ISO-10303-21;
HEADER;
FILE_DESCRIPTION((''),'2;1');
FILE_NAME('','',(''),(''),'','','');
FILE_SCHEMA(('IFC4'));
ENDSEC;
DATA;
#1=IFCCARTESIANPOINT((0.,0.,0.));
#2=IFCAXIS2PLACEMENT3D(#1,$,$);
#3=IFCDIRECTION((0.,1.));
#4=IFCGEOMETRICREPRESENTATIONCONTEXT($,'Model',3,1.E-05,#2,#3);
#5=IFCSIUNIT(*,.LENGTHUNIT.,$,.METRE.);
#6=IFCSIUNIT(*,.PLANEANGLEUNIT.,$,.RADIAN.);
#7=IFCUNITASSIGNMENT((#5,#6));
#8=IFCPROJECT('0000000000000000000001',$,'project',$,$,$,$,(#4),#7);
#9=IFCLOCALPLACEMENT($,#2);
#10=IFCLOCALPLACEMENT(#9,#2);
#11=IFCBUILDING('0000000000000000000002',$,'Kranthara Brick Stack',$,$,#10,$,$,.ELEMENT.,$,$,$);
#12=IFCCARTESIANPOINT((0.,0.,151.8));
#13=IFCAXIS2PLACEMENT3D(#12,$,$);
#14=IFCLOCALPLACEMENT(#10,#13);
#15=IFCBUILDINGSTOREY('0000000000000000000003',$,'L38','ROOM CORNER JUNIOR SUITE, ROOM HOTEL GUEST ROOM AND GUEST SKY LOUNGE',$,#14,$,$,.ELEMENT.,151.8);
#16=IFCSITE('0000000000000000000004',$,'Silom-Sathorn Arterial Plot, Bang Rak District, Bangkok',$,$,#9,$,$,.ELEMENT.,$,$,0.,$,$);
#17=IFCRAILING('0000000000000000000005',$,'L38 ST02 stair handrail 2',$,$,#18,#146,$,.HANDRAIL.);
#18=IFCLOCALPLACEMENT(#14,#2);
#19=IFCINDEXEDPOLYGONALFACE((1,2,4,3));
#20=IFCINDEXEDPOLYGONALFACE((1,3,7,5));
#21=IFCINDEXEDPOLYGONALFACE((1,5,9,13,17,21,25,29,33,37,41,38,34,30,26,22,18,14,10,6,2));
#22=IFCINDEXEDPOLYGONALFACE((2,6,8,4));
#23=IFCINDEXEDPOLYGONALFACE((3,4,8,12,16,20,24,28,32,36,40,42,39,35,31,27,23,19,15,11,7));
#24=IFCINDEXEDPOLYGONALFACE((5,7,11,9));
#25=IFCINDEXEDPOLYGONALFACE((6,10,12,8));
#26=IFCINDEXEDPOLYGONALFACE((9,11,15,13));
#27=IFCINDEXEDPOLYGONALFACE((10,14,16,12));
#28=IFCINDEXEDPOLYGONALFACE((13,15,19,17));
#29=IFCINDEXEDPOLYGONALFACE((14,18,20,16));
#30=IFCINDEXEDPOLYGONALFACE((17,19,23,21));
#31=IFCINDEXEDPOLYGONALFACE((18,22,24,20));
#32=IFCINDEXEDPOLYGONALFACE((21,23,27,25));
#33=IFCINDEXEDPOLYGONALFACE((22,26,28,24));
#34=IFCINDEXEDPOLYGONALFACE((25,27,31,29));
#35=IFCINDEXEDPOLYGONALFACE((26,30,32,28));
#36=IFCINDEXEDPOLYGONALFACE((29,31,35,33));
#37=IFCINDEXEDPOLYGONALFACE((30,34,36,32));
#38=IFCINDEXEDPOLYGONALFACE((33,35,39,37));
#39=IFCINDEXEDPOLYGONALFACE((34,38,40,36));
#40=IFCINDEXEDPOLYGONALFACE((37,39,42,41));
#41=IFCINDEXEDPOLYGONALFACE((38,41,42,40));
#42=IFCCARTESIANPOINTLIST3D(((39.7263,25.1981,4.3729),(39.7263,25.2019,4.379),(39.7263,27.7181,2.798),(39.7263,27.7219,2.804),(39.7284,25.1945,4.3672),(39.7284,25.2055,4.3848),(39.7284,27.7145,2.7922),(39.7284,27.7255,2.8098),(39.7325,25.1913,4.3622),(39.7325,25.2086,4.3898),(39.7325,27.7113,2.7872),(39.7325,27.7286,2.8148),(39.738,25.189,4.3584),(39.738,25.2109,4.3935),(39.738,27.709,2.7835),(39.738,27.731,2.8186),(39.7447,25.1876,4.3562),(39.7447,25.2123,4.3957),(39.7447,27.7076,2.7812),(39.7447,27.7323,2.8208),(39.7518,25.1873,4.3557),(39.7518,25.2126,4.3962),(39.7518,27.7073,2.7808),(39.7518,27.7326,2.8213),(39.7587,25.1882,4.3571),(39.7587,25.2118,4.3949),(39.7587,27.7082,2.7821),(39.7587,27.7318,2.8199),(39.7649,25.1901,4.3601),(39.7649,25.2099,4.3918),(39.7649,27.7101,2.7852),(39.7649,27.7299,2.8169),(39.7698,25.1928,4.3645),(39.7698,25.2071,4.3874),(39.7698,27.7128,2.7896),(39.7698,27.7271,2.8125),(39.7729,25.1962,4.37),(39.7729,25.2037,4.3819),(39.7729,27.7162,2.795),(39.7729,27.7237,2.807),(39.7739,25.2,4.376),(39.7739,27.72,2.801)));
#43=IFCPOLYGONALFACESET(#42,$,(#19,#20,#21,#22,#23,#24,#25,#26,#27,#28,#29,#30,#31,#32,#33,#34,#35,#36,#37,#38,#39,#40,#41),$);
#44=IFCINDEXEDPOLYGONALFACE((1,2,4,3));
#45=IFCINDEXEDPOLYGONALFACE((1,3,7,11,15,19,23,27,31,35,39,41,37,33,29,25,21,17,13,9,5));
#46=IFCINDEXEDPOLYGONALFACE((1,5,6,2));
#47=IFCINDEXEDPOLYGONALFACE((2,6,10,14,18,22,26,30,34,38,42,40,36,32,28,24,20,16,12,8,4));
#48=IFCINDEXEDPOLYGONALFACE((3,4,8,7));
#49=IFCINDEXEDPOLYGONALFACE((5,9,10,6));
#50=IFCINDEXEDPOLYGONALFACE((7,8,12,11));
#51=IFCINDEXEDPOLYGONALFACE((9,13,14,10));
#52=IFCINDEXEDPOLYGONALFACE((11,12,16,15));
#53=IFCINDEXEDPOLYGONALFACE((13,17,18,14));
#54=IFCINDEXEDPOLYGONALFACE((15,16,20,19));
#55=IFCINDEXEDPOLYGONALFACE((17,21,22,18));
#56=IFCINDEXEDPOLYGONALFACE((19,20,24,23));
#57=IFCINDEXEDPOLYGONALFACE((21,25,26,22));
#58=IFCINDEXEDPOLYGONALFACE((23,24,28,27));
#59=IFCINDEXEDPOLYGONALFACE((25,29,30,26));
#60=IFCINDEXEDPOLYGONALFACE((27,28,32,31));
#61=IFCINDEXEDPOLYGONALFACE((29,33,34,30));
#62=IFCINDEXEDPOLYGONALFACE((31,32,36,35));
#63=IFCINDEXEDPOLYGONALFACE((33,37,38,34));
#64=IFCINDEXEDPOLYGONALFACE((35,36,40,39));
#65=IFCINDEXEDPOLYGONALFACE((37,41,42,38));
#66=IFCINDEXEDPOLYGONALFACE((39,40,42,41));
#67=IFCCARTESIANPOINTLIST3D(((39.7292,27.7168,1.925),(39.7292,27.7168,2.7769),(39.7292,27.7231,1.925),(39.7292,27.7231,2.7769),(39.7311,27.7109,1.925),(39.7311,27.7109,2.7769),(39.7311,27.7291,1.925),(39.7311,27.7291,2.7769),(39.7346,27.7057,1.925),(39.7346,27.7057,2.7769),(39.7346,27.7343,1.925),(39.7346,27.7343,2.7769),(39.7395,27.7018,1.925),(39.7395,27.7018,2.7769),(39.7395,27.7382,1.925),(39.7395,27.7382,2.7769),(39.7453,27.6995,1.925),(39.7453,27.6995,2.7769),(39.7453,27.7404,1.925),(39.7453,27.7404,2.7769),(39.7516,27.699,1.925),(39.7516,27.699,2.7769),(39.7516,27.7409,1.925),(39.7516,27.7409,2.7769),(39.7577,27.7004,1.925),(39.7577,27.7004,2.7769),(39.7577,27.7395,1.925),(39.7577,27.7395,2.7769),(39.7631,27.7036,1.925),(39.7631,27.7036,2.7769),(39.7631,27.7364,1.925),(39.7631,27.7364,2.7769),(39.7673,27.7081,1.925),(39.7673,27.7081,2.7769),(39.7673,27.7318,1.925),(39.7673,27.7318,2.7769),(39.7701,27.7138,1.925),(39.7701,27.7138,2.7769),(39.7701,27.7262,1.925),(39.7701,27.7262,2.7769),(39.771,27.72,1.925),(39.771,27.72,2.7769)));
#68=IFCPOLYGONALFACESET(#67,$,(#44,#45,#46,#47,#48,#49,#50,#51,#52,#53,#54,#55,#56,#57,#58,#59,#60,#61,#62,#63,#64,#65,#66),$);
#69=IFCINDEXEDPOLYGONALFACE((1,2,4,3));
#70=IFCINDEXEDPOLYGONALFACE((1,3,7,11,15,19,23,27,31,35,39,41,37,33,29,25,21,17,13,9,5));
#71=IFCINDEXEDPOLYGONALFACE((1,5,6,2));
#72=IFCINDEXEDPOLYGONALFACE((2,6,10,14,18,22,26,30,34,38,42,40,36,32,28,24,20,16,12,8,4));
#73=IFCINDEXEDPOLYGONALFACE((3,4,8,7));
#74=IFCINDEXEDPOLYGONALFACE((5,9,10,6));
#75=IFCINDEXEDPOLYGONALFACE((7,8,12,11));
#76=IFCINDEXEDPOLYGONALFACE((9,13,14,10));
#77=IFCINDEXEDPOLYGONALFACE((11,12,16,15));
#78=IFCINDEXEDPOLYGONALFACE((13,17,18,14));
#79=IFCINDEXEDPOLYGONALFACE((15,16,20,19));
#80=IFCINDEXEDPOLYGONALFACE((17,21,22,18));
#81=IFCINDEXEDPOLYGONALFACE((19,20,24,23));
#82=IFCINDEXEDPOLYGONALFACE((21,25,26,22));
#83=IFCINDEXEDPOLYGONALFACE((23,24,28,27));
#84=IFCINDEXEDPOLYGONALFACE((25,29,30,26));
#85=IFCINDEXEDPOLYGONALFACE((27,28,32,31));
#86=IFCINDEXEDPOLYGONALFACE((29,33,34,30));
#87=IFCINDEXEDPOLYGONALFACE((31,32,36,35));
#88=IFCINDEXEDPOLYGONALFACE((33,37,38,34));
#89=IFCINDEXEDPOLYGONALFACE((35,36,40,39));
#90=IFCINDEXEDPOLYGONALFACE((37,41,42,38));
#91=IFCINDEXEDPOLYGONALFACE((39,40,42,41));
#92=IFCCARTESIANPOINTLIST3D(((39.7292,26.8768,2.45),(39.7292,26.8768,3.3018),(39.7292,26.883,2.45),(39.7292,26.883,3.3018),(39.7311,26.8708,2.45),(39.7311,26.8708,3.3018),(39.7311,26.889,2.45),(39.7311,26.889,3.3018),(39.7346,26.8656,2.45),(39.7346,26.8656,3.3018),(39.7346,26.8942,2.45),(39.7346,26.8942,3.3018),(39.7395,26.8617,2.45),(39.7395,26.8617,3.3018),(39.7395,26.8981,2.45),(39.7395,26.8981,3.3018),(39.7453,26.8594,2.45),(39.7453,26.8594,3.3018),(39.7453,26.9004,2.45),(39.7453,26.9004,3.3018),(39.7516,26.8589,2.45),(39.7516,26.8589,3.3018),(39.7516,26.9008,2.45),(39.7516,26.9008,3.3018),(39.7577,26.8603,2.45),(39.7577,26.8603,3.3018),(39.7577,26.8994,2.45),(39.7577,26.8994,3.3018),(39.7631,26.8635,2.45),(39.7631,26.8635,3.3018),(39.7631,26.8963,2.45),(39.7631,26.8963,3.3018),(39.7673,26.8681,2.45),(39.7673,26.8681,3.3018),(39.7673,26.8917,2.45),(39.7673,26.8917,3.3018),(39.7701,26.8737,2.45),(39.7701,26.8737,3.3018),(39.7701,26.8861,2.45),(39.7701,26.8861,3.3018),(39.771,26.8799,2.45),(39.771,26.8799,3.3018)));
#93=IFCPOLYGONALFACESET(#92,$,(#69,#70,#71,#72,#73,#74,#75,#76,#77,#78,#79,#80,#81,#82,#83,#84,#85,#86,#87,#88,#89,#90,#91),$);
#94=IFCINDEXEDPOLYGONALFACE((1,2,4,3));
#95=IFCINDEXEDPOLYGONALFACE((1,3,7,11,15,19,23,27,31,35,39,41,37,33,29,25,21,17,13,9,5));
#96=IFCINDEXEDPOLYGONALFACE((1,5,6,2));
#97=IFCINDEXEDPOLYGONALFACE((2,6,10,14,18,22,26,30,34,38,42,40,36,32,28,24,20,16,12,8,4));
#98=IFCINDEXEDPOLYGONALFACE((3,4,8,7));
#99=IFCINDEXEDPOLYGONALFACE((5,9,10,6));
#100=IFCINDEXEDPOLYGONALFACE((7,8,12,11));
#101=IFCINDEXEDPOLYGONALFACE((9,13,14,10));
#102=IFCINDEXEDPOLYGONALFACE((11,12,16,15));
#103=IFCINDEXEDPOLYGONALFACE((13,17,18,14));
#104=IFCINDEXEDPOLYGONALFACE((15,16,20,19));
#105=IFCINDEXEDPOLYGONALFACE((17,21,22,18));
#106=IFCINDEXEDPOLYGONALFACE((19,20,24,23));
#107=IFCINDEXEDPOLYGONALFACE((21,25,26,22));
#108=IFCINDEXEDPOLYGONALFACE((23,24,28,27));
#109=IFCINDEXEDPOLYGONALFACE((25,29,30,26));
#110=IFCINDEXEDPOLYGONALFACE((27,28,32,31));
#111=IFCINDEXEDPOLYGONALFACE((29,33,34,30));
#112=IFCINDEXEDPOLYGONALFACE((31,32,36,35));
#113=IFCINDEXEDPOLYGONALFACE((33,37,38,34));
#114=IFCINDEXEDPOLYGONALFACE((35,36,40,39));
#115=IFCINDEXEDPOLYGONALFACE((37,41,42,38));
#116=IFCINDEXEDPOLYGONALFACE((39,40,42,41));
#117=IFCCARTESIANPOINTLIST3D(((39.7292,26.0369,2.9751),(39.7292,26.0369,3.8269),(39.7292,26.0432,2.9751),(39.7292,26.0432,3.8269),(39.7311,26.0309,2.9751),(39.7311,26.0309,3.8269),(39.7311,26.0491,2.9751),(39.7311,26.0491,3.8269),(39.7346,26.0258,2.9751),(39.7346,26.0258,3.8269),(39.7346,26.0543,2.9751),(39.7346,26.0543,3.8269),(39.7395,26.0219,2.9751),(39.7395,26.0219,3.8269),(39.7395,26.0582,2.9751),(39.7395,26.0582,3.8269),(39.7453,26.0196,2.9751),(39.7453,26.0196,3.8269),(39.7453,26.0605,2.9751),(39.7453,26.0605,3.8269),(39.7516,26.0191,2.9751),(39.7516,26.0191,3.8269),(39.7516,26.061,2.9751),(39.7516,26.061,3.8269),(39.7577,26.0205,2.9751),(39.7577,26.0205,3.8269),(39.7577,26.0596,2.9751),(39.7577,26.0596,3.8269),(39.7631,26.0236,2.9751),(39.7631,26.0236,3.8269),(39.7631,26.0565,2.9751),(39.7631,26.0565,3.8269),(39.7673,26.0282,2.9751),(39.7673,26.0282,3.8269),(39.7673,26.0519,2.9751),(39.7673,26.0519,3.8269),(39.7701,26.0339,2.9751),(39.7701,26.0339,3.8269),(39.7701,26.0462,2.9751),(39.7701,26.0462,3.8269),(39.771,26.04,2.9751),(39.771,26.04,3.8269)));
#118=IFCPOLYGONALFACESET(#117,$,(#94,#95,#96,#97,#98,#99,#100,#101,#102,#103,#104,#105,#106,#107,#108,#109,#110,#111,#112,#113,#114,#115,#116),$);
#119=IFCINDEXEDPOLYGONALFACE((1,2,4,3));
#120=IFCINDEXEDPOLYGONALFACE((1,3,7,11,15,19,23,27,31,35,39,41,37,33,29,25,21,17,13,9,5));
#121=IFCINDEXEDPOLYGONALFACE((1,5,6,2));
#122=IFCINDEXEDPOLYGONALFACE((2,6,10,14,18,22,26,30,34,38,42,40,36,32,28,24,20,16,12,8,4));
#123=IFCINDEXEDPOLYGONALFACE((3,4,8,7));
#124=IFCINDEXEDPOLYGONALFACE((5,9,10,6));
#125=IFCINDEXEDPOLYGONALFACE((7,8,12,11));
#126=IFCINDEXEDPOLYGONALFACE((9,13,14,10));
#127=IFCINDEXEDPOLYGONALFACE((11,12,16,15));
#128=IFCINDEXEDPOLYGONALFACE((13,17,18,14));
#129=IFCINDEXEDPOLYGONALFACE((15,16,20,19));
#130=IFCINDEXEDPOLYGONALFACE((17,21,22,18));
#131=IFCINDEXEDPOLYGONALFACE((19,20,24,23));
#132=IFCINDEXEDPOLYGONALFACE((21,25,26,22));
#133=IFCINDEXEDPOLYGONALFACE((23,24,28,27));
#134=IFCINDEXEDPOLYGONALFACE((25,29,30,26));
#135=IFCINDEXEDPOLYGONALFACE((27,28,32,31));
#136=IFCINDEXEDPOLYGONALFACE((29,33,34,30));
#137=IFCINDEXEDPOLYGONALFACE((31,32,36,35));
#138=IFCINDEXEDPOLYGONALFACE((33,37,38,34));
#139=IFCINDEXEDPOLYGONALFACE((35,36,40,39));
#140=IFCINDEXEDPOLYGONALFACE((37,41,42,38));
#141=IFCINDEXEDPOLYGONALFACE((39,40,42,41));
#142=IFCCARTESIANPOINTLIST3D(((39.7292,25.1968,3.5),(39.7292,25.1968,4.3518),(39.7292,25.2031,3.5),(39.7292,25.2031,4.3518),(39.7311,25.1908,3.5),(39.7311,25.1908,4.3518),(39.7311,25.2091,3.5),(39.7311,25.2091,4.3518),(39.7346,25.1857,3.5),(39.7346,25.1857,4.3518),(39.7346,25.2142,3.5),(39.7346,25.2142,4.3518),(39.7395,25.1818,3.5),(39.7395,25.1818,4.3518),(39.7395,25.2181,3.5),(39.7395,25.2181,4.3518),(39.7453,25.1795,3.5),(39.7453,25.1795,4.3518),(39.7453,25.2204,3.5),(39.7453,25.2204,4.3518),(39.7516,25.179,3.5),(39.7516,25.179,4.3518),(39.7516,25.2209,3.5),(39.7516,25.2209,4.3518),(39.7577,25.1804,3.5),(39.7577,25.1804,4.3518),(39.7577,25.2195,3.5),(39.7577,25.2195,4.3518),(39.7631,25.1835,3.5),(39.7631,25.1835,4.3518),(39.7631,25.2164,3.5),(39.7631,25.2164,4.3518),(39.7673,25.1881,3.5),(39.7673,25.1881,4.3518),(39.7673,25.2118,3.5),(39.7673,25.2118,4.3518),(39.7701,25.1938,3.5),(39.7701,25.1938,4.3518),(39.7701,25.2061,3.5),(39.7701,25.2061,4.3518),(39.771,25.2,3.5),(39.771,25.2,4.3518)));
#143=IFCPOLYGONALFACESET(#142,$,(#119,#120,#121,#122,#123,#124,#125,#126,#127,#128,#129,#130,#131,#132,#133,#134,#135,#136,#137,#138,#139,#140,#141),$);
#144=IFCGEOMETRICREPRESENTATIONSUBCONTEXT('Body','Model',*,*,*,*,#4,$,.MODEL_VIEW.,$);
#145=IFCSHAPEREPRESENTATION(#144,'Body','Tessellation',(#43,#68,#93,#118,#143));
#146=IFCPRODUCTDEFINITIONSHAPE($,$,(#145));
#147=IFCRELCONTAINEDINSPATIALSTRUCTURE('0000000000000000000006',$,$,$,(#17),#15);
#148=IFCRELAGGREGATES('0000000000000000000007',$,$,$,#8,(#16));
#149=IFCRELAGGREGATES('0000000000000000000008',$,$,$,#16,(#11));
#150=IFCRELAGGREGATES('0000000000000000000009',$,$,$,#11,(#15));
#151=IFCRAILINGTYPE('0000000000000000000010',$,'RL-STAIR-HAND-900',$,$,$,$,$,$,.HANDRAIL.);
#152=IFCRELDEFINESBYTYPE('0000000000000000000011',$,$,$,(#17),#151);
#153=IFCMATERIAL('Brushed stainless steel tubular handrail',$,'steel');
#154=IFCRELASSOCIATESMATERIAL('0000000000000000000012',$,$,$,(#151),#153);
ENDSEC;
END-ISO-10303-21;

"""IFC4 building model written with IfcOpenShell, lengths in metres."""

from ifc_helpers import new_model, si_unit, direction, frame, origin, origin_2d, place, context, subcontext, project, spatial, circle, extrude, material, type_object, element, save


model = new_model("IFC4")

# Units and contexts
model_context = context("Model", 3, precision=1e-05, world=origin(), true_north=direction((0.0, 1.0)))
body_context = subcontext(model_context, "Body", "Model", "MODEL_VIEW")
ifc_project = project(units=[si_unit("LENGTHUNIT", "METRE"), si_unit("PLANEANGLEUNIT", "RADIAN")], contexts=[model_context])

# Site, building, storey
site_placement = place(None, origin())
site = spatial("IfcSite", under=ifc_project, at=site_placement, Name="Silom-Sathorn Arterial Plot, Bang Rak District, Bangkok", CompositionType="ELEMENT", RefElevation=0.0)
building_placement = place(site_placement, origin())
building = spatial("IfcBuilding", under=site, at=building_placement, Name="Kranthara Brick Stack", CompositionType="ELEMENT")
storey_placement = place(building_placement, frame((0.0, 0.0, 151.8)))
storey = spatial("IfcBuildingStorey", under=building, at=storey_placement, Name="L38", Description="ROOM CORNER JUNIOR SUITE, ROOM HOTEL GUEST ROOM AND GUEST SKY LOUNGE", CompositionType="ELEMENT", Elevation=151.8)

# Railing
ifc_material_1 = material(Name="Brushed stainless steel tubular handrail", Category="steel")
railing_type_1 = type_object("IfcRailingType", Name="RL-STAIR-HAND-900", PredefinedType="HANDRAIL", material=ifc_material_1)
railing_1_placement = place(storey_placement, frame((39.75, 27.72, 1.925)))
element("IfcRailing", 1, at=railing_1_placement, inside=storey, type_object=railing_type_1, Name="L38 ST02 stair handrail 2", PredefinedType="HANDRAIL", context=body_context, shape_type="SweptSolid", body=[
    extrude(circle(Radius=0.0239, at=origin_2d()), frame((0.0, 0.0, 0.876), z_axis=(0.0, -0.848008, 0.529984), x_axis=(1.0, 0.0, 0.0)), (0.0, 0.0, 1.0), 2.9717),
    extrude(circle(Radius=0.021, at=origin_2d()), origin(), (0.0, 0.0, 1.0), 0.8518),
    extrude(circle(Radius=0.021, at=origin_2d()), frame((0.0, -0.8401, 0.5249)), (0.0, 0.0, 1.0), 0.8518),
    extrude(circle(Radius=0.021, at=origin_2d()), frame((0.0, -1.6799, 1.05)), (0.0, 0.0, 1.0), 0.8518),
    extrude(circle(Radius=0.021, at=origin_2d()), frame((0.0, -2.52, 1.575)), (0.0, 0.0, 1.0), 0.8518),
])

save(model, "model.ifc")
